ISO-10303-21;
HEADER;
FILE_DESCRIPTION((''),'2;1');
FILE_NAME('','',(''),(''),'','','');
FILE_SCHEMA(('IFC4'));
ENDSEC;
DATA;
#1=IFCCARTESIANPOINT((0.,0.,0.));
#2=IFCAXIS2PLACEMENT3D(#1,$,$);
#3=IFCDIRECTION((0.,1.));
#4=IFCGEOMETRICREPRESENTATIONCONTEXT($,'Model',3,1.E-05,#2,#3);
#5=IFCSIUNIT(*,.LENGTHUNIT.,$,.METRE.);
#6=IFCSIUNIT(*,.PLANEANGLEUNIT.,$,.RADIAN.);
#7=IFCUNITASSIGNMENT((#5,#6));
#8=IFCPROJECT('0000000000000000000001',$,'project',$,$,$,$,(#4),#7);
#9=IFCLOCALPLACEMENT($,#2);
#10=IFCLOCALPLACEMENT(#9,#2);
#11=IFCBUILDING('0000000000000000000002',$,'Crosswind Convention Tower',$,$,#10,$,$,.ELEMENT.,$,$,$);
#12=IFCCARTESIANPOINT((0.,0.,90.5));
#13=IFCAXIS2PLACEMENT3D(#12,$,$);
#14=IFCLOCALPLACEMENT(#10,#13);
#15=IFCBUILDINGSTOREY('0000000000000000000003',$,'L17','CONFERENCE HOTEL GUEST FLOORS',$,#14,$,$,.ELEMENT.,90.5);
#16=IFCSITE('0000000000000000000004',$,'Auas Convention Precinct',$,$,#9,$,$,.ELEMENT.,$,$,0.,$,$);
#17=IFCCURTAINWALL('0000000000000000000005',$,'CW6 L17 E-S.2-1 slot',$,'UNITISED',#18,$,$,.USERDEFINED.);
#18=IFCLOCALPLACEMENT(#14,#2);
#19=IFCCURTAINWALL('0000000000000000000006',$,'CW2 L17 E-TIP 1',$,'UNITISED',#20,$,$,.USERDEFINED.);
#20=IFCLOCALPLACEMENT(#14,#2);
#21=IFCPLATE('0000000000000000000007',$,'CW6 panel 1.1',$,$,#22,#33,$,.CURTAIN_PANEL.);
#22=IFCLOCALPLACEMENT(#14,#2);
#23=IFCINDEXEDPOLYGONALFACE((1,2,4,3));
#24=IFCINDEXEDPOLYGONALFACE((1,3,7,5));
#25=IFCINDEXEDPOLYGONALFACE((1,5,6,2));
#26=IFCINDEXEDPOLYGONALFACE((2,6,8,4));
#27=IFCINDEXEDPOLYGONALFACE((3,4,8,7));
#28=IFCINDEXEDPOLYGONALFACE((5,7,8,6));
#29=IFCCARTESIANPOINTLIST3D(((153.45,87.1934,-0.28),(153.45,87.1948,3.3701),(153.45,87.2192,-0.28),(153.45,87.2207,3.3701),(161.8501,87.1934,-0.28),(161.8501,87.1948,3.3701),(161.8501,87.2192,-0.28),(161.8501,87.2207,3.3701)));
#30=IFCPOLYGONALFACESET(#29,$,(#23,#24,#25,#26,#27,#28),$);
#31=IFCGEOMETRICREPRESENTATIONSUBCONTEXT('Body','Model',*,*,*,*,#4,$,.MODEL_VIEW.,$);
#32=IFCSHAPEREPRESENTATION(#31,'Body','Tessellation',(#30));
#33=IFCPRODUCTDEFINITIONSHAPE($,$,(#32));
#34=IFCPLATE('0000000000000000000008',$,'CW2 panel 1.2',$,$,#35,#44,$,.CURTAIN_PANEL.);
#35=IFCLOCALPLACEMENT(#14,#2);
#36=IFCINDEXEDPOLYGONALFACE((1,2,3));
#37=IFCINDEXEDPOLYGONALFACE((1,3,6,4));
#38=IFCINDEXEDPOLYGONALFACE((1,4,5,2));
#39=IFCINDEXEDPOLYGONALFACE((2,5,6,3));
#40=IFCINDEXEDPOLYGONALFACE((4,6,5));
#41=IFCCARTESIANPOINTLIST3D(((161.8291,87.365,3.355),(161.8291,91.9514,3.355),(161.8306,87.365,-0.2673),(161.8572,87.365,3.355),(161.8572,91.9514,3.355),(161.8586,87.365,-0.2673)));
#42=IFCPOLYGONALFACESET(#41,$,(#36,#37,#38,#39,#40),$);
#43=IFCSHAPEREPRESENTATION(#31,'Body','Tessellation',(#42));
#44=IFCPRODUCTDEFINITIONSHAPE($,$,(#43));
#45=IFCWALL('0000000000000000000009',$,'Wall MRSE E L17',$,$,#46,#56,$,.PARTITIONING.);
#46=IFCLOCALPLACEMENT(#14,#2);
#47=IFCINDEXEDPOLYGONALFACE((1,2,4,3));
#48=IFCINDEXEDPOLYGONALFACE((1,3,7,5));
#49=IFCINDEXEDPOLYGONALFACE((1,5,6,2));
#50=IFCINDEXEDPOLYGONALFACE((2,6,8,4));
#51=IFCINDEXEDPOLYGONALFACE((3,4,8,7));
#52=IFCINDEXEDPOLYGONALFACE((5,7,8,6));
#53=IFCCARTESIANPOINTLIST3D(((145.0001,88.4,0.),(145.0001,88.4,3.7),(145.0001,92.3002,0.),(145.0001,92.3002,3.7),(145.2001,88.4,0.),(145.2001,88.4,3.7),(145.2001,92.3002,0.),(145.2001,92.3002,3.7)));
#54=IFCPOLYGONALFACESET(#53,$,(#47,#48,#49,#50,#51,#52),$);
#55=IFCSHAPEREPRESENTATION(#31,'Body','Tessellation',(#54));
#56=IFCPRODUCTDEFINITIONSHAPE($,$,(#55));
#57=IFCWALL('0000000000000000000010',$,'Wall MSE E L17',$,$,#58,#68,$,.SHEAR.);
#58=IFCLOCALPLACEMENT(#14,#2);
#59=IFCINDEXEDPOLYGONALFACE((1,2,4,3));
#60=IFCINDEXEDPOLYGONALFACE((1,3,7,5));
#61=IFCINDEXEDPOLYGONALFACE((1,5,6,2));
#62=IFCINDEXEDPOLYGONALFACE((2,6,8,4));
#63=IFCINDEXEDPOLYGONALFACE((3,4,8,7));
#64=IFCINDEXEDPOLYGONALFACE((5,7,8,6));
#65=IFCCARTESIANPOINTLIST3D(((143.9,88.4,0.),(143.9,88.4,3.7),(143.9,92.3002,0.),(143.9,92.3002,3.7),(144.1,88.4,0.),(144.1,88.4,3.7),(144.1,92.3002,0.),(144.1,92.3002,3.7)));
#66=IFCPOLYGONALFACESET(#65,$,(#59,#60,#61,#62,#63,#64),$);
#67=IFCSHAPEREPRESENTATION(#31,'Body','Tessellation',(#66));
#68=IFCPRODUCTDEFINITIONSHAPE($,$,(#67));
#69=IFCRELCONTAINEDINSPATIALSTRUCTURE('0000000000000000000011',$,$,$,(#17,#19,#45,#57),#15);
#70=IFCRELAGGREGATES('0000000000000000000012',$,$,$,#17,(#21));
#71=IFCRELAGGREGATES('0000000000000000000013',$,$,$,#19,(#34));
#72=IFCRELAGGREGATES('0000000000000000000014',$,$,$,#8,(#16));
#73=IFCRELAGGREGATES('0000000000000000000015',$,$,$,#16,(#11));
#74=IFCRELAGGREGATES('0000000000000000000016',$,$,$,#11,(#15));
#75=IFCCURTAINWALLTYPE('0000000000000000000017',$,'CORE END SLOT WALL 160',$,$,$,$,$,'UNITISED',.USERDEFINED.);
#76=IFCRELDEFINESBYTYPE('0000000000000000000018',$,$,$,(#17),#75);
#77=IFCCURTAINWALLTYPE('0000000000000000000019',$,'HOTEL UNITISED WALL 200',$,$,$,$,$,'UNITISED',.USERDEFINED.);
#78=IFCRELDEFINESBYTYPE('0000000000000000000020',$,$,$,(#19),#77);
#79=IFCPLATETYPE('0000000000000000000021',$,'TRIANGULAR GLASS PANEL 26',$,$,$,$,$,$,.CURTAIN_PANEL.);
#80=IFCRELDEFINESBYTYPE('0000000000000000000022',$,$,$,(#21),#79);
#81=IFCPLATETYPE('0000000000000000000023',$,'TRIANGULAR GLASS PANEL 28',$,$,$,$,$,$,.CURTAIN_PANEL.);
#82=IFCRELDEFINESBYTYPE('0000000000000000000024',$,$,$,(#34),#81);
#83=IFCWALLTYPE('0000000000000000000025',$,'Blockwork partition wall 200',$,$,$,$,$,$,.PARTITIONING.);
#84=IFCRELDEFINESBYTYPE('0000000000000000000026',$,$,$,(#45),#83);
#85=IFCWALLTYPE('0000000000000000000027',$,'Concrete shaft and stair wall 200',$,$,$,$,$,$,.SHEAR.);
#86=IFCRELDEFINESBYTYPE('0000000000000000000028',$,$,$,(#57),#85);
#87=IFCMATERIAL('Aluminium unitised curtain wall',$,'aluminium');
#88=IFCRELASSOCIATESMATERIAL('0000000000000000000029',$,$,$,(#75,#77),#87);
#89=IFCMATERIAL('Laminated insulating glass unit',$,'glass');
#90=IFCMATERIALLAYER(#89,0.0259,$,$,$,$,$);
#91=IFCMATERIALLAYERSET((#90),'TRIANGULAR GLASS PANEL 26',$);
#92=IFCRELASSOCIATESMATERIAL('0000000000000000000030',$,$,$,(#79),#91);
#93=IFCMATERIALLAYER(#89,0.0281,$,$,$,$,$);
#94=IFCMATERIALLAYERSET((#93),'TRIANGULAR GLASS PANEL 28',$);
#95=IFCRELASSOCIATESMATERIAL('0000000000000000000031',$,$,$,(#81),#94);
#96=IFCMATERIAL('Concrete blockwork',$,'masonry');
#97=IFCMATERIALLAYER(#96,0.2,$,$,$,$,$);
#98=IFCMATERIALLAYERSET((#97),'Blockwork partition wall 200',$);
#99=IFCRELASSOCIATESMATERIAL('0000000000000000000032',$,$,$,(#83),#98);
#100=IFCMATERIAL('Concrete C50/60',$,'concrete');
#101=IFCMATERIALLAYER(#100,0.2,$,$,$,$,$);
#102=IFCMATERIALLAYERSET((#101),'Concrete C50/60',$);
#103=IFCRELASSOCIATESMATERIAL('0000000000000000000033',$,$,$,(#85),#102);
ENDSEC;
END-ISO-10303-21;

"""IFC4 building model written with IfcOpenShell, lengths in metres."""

from ifc_helpers import new_model, si_unit, direction, frame, frame_2d, origin, place, context, subcontext, project, spatial, polyline, rectangle, outline, extrude, material, layer, layer_set, type_object, element, aggregate, save


model = new_model("IFC4")

# Units and contexts
model_context = context("Model", 3, precision=1e-05, world=origin(), true_north=direction((0.0, 1.0)))
body_context = subcontext(model_context, "Body", "Model", "MODEL_VIEW")
ifc_project = project(units=[si_unit("LENGTHUNIT", "METRE"), si_unit("PLANEANGLEUNIT", "RADIAN")], contexts=[model_context])

# Site, building, storey
site_placement = place(None, origin())
site = spatial("IfcSite", under=ifc_project, at=site_placement, Name="Auas Convention Precinct", CompositionType="ELEMENT", RefElevation=0.0)
building_placement = place(site_placement, origin())
building = spatial("IfcBuilding", under=site, at=building_placement, Name="Crosswind Convention Tower", CompositionType="ELEMENT")
storey_placement = place(building_placement, frame((0.0, 0.0, 90.5)))
storey = spatial("IfcBuildingStorey", under=building, at=storey_placement, Name="L17", Description="CONFERENCE HOTEL GUEST FLOORS", CompositionType="ELEMENT", Elevation=90.5)

# Curtain wall
ifc_material_1 = material(Name="Aluminium unitised curtain wall", Category="aluminium")
curtain_wall_type_1 = type_object("IfcCurtainWallType", Name="CORE END SLOT WALL 160", ElementType="UNITISED", PredefinedType="USERDEFINED", material=ifc_material_1)
curtain_wall_1_placement = place(storey_placement, origin())
curtain_wall_1 = element("IfcCurtainWall", 1, at=curtain_wall_1_placement, inside=storey, type_object=curtain_wall_type_1, Name="CW6 L17 E-S.2-1 slot", ObjectType="UNITISED", PredefinedType="USERDEFINED")

# Curtain wall
curtain_wall_type_2 = type_object("IfcCurtainWallType", Name="HOTEL UNITISED WALL 200", ElementType="UNITISED", PredefinedType="USERDEFINED", material=ifc_material_1)
curtain_wall_2_placement = place(storey_placement, origin())
curtain_wall_2 = element("IfcCurtainWall", 2, at=curtain_wall_2_placement, inside=storey, type_object=curtain_wall_type_2, Name="CW2 L17 E-TIP 1", ObjectType="UNITISED", PredefinedType="USERDEFINED")

# Plates
ifc_material_2 = material(Name="Laminated insulating glass unit", Category="glass")
ifc_layer_1 = layer(ifc_material_2, 0.0259)
ifc_layer_set_1 = layer_set([ifc_layer_1], Name="TRIANGULAR GLASS PANEL 26")
plate_type_1 = type_object("IfcPlateType", Name="TRIANGULAR GLASS PANEL 26", PredefinedType="CURTAIN_PANEL", material=ifc_layer_set_1)
plate_1_placement = place(storey_placement, frame((153.45, 87.1934, -0.28), z_axis=(0.0, -1.0, 0.000401), x_axis=(1.0, 0.0, 0.0)))
plate_1 = element("IfcPlate", 3, at=plate_1_placement, type_object=plate_type_1, Name="CW6 panel 1.1", PredefinedType="CURTAIN_PANEL", context=body_context, shape_type="SweptSolid", body=[
    extrude(outline(polyline([(0.0, 0.0), (8.4001, 0.0), (8.4001, 3.6501), (0.0, 3.6501), (0.0, 0.0)])), origin(), (0.0, 0.0, -1.0), 0.0259),
])
aggregate(curtain_wall_1, [plate_1])
ifc_layer_2 = layer(ifc_material_2, 0.0281)
ifc_layer_set_2 = layer_set([ifc_layer_2], Name="TRIANGULAR GLASS PANEL 28")
plate_type_2 = type_object("IfcPlateType", Name="TRIANGULAR GLASS PANEL 28", PredefinedType="CURTAIN_PANEL", material=ifc_layer_set_2)
plate_2_placement = place(storey_placement, frame((161.8572, 87.365, 3.355), z_axis=(1.0, 0.0, 0.000404), x_axis=(0.000404, 0.0, -1.0)))
plate_2 = element("IfcPlate", 4, at=plate_2_placement, type_object=plate_type_2, Name="CW2 panel 1.2", PredefinedType="CURTAIN_PANEL", context=body_context, shape_type="SweptSolid", body=[
    extrude(outline(polyline([(0.0, 0.0), (3.6223, 0.0), (0.0, 4.5864), (0.0, 0.0)])), origin(), (0.0, 0.0, -1.0), 0.0281),
])

# Walls
ifc_material_3 = material(Name="Concrete blockwork", Category="masonry")
ifc_layer_3 = layer(ifc_material_3, 0.2)
ifc_layer_set_3 = layer_set([ifc_layer_3], Name="Blockwork partition wall 200")
wall_type_1 = type_object("IfcWallType", Name="Blockwork partition wall 200", PredefinedType="PARTITIONING", material=ifc_layer_set_3)
wall_1_placement = place(storey_placement, frame((145.1001, 88.3999, 0.0), z_axis=(0.0, 0.0, 1.0), x_axis=(0.0, 1.0, 0.0)))
element("IfcWall", 5, at=wall_1_placement, inside=storey, type_object=wall_type_1, Name="Wall MRSE E L17", PredefinedType="PARTITIONING", context=body_context, shape_type="SweptSolid", body=[
    extrude(rectangle(XDim=3.9001, YDim=0.2, at=frame_2d((1.9502, 0.0))), origin(), (0.0, 0.0, 1.0), 3.7),
])
ifc_material_4 = material(Name="Concrete C50/60", Category="concrete")
ifc_layer_4 = layer(ifc_material_4, 0.2)
ifc_layer_set_4 = layer_set([ifc_layer_4], Name="Concrete C50/60")
wall_type_2 = type_object("IfcWallType", Name="Concrete shaft and stair wall 200", PredefinedType="SHEAR", material=ifc_layer_set_4)
wall_2_placement = place(storey_placement, frame((144.0, 88.3999, 0.0), z_axis=(0.0, 0.0, 1.0), x_axis=(0.0, 1.0, 0.0)))
element("IfcWall", 6, at=wall_2_placement, inside=storey, type_object=wall_type_2, Name="Wall MSE E L17", PredefinedType="SHEAR", context=body_context, shape_type="SweptSolid", body=[
    extrude(rectangle(XDim=3.9001, YDim=0.2, at=frame_2d((1.9502, 0.0))), origin(), (0.0, 0.0, 1.0), 3.7),
])

aggregate(curtain_wall_2, [plate_2])

save(model, "model.ifc")
